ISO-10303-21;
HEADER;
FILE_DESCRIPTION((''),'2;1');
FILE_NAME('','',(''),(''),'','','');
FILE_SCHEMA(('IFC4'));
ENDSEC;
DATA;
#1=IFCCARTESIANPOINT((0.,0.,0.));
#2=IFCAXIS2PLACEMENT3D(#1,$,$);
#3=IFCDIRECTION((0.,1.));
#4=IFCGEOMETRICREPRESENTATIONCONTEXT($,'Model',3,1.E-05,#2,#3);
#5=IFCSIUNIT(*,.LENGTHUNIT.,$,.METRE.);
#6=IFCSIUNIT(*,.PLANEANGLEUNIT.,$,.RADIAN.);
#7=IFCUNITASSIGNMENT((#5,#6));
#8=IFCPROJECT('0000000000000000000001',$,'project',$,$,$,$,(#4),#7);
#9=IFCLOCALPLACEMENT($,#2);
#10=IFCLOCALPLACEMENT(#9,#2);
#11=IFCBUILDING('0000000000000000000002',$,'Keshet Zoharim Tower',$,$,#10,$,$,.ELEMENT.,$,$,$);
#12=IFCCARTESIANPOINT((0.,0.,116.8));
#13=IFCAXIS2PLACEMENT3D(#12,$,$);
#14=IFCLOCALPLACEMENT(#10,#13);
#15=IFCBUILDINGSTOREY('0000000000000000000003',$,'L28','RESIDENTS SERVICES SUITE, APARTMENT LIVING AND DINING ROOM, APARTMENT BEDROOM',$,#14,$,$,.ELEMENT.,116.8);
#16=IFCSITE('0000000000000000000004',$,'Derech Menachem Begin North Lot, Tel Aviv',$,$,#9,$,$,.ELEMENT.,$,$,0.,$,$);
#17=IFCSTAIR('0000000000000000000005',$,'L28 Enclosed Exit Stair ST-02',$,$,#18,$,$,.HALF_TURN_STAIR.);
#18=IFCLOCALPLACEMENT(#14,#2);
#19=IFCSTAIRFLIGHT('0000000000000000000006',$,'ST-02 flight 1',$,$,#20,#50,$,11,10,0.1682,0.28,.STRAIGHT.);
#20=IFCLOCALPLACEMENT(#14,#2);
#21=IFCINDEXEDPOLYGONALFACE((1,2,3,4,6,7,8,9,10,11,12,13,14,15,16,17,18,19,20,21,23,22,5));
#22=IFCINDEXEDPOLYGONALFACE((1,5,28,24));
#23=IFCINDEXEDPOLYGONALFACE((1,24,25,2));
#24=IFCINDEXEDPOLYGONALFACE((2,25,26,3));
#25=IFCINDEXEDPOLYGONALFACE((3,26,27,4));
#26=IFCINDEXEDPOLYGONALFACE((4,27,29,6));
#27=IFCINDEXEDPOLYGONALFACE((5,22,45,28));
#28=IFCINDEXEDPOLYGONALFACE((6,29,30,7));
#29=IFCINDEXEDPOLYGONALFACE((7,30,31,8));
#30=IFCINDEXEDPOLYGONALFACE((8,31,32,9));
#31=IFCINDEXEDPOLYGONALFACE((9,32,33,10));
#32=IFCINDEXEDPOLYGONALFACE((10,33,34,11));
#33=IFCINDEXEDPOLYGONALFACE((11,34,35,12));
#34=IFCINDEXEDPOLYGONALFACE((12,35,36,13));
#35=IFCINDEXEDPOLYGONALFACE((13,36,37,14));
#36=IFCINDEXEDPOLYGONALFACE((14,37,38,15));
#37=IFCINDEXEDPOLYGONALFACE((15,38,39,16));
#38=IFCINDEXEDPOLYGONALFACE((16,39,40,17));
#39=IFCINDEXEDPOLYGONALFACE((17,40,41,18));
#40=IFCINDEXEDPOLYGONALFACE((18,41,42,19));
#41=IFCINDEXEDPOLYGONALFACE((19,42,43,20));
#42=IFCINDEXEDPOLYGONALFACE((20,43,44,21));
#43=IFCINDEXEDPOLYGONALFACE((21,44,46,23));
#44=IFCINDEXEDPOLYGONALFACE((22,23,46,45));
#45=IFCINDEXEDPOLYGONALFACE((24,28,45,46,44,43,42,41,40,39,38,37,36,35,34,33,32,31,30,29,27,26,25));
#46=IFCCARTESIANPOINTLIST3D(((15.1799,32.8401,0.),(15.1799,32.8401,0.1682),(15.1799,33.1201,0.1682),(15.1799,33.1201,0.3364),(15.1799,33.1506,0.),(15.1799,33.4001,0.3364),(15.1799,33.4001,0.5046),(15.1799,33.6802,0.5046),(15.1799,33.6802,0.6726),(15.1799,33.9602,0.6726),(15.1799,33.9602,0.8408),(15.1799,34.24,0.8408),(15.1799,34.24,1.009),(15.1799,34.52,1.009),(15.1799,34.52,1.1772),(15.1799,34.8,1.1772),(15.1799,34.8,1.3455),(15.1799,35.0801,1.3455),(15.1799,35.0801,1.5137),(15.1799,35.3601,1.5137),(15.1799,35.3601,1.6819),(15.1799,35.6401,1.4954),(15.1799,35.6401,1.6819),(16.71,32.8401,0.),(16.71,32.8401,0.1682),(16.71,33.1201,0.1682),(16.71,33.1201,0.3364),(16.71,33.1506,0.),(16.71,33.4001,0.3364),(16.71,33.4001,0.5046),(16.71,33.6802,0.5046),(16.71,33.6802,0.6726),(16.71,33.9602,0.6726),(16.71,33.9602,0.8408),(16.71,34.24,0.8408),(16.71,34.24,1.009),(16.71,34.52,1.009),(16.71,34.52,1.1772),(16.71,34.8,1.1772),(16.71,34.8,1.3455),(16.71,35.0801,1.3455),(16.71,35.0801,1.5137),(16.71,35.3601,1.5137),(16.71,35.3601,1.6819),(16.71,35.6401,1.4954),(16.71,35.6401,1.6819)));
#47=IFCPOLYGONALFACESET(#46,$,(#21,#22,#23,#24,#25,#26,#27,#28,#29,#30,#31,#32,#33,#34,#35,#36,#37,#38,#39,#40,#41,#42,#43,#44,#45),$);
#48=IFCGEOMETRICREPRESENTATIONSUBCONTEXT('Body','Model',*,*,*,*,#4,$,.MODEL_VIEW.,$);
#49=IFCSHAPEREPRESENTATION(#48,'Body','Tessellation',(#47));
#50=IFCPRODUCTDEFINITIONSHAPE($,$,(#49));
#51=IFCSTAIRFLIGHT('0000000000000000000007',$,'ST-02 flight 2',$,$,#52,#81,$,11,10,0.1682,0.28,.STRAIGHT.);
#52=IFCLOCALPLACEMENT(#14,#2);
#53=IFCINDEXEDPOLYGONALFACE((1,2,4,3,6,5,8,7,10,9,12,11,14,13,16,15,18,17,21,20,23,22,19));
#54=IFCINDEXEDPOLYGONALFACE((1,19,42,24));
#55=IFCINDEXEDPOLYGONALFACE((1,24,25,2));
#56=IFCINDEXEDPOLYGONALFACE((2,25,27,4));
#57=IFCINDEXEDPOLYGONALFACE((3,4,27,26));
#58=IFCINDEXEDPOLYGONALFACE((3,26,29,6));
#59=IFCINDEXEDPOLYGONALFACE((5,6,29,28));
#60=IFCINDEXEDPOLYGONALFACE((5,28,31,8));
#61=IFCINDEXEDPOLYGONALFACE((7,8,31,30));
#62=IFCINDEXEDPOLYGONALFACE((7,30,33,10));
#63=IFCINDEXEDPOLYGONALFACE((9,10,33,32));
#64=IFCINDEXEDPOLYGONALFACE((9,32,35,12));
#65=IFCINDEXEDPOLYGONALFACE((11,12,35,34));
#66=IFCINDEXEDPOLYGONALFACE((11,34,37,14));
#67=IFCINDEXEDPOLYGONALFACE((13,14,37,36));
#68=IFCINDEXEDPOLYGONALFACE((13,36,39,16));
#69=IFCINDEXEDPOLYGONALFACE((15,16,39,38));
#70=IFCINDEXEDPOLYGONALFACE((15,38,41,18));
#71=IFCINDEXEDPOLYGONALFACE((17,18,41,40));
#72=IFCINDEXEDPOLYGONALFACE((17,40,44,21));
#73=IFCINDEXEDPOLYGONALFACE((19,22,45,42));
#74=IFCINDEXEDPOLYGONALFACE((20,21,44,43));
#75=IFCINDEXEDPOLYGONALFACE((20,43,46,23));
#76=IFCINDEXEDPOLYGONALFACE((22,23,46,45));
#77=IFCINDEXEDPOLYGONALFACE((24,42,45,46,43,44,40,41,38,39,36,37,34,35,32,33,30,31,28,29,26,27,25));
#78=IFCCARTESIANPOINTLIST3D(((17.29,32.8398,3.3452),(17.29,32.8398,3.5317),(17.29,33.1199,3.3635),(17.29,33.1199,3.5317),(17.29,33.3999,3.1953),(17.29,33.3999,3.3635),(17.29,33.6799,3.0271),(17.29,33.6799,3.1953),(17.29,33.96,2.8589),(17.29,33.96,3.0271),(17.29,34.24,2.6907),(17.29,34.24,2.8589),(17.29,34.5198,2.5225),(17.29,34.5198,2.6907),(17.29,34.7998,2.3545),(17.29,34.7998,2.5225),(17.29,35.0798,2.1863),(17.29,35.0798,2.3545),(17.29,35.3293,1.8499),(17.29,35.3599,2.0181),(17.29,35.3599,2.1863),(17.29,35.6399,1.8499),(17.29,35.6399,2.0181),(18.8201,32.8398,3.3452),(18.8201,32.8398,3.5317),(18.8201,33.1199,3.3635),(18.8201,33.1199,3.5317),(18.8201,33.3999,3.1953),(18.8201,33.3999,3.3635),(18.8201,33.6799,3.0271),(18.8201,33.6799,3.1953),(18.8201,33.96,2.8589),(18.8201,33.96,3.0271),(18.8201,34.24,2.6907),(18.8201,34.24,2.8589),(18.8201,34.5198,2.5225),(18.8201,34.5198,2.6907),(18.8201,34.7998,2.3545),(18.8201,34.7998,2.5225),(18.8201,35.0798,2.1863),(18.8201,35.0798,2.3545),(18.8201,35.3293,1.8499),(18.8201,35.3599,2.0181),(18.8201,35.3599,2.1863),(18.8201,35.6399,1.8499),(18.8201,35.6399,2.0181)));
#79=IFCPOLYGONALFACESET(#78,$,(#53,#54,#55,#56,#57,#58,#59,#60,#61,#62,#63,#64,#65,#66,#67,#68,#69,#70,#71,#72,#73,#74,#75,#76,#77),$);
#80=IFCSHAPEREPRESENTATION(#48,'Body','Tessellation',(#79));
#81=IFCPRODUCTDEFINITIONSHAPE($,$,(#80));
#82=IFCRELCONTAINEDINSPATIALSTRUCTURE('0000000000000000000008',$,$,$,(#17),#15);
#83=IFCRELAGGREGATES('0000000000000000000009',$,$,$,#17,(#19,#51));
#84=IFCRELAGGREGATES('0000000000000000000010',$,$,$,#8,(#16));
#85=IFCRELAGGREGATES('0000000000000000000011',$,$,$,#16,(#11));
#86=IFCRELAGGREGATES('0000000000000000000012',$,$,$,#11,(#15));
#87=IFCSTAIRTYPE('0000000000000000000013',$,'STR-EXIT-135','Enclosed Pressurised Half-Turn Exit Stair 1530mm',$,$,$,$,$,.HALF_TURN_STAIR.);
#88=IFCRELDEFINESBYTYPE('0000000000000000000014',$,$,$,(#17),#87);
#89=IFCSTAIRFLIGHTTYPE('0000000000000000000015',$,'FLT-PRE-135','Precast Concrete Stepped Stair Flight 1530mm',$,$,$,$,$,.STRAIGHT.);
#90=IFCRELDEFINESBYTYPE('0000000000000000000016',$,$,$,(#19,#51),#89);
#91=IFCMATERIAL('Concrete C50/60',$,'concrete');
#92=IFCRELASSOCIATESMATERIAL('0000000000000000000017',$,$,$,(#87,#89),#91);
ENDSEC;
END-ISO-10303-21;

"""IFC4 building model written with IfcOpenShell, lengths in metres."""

from ifc_helpers import new_model, si_unit, direction, frame, origin, place, context, subcontext, project, spatial, polyline, outline, extrude, material, type_object, element, aggregate, save


model = new_model("IFC4")

# Units and contexts
model_context = context("Model", 3, precision=1e-05, world=origin(), true_north=direction((0.0, 1.0)))
body_context = subcontext(model_context, "Body", "Model", "MODEL_VIEW")
ifc_project = project(units=[si_unit("LENGTHUNIT", "METRE"), si_unit("PLANEANGLEUNIT", "RADIAN")], contexts=[model_context])

# Site, building, storey
site_placement = place(None, origin())
site = spatial("IfcSite", under=ifc_project, at=site_placement, Name="Derech Menachem Begin North Lot, Tel Aviv", CompositionType="ELEMENT", RefElevation=0.0)
building_placement = place(site_placement, origin())
building = spatial("IfcBuilding", under=site, at=building_placement, Name="Keshet Zoharim Tower", CompositionType="ELEMENT")
storey_placement = place(building_placement, frame((0.0, 0.0, 116.8)))
storey = spatial("IfcBuildingStorey", under=building, at=storey_placement, Name="L28", Description="RESIDENTS SERVICES SUITE, APARTMENT LIVING AND DINING ROOM, APARTMENT BEDROOM", CompositionType="ELEMENT", Elevation=116.8)

# Shared definitions
ifc_material_1 = material(Name="Concrete C50/60", Category="concrete")
stair_type = type_object("IfcStairType", Name="STR-EXIT-135", Description="Enclosed Pressurised Half-Turn Exit Stair 1530mm", PredefinedType="HALF_TURN_STAIR", material=ifc_material_1)
stair_flight_type = type_object("IfcStairFlightType", Name="FLT-PRE-135", Description="Precast Concrete Stepped Stair Flight 1530mm", PredefinedType="STRAIGHT", material=ifc_material_1)

# Stair, stair flights
stair_1_placement = place(storey_placement, origin())
stair_1 = element("IfcStair", 1, at=stair_1_placement, inside=storey, type_object=stair_type, Name="L28 Enclosed Exit Stair ST-02", PredefinedType="HALF_TURN_STAIR")
stair_flight_1_placement = place(storey_placement, frame((15.9451, 32.8401, 0.0), z_axis=(0.0, 0.0, 1.0), x_axis=(0.0, 1.0, 0.0)))
stair_flight_1 = element("IfcStairFlight", 2, at=stair_flight_1_placement, type_object=stair_flight_type, Name="ST-02 flight 1", NumberOfRisers=11, NumberOfTreads=10, PredefinedType="STRAIGHT", RiserHeight=0.1682, TreadLength=0.28, context=body_context, shape_type="SweptSolid", body=[
    extrude(outline(polyline([(0.0, 0.0), (0.0, 0.1682), (0.28, 0.1682), (0.28, 0.3364), (0.5601, 0.3364), (0.5601, 0.5046), (0.8401, 0.5046), (0.8401, 0.6726), (1.1201, 0.6726), (1.1201, 0.8408), (1.3999, 0.8408), (1.3999, 1.009), (1.6799, 1.009), (1.6799, 1.1772), (1.96, 1.1772), (1.96, 1.3455), (2.24, 1.3455), (2.24, 1.5137), (2.52, 1.5137), (2.52, 1.6819), (2.8, 1.6819), (2.8, 1.8501), (2.8, 1.4954), (0.3105, 0.0), (0.0, 0.0)])), frame((0.0, 0.7651, 0.0), z_axis=(0.0, -1.0, 0.0), x_axis=(1.0, 0.0, 0.0)), (0.0, 0.0, 1.0), 1.53),
])
stair_flight_2_placement = place(storey_placement, frame((18.0549, 35.6399, 1.8499), z_axis=(0.0, 0.0, 1.0), x_axis=(0.0, -1.0, 0.0)))
stair_flight_2 = element("IfcStairFlight", 3, at=stair_flight_2_placement, type_object=stair_flight_type, Name="ST-02 flight 2", NumberOfRisers=11, NumberOfTreads=10, PredefinedType="STRAIGHT", RiserHeight=0.1682, TreadLength=0.28, context=body_context, shape_type="SweptSolid", body=[
    extrude(outline(polyline([(0.0, 0.0), (0.0, 0.1682), (0.28, 0.1682), (0.28, 0.3364), (0.5601, 0.3364), (0.5601, 0.5046), (0.8401, 0.5046), (0.8401, 0.6726), (1.1201, 0.6726), (1.1201, 0.8408), (1.3999, 0.8408), (1.3999, 1.009), (1.6799, 1.009), (1.6799, 1.1772), (1.96, 1.1772), (1.96, 1.3455), (2.24, 1.3455), (2.24, 1.5137), (2.52, 1.5137), (2.52, 1.6819), (2.8, 1.6819), (2.8, 1.8501), (2.8, 1.4954), (0.3105, 0.0), (0.0, 0.0)])), frame((0.0, 0.7651, 0.0), z_axis=(0.0, -1.0, 0.0), x_axis=(1.0, 0.0, 0.0)), (0.0, 0.0, 1.0), 1.53),
])
aggregate(stair_1, [stair_flight_1, stair_flight_2])

save(model, "model.ifc")
